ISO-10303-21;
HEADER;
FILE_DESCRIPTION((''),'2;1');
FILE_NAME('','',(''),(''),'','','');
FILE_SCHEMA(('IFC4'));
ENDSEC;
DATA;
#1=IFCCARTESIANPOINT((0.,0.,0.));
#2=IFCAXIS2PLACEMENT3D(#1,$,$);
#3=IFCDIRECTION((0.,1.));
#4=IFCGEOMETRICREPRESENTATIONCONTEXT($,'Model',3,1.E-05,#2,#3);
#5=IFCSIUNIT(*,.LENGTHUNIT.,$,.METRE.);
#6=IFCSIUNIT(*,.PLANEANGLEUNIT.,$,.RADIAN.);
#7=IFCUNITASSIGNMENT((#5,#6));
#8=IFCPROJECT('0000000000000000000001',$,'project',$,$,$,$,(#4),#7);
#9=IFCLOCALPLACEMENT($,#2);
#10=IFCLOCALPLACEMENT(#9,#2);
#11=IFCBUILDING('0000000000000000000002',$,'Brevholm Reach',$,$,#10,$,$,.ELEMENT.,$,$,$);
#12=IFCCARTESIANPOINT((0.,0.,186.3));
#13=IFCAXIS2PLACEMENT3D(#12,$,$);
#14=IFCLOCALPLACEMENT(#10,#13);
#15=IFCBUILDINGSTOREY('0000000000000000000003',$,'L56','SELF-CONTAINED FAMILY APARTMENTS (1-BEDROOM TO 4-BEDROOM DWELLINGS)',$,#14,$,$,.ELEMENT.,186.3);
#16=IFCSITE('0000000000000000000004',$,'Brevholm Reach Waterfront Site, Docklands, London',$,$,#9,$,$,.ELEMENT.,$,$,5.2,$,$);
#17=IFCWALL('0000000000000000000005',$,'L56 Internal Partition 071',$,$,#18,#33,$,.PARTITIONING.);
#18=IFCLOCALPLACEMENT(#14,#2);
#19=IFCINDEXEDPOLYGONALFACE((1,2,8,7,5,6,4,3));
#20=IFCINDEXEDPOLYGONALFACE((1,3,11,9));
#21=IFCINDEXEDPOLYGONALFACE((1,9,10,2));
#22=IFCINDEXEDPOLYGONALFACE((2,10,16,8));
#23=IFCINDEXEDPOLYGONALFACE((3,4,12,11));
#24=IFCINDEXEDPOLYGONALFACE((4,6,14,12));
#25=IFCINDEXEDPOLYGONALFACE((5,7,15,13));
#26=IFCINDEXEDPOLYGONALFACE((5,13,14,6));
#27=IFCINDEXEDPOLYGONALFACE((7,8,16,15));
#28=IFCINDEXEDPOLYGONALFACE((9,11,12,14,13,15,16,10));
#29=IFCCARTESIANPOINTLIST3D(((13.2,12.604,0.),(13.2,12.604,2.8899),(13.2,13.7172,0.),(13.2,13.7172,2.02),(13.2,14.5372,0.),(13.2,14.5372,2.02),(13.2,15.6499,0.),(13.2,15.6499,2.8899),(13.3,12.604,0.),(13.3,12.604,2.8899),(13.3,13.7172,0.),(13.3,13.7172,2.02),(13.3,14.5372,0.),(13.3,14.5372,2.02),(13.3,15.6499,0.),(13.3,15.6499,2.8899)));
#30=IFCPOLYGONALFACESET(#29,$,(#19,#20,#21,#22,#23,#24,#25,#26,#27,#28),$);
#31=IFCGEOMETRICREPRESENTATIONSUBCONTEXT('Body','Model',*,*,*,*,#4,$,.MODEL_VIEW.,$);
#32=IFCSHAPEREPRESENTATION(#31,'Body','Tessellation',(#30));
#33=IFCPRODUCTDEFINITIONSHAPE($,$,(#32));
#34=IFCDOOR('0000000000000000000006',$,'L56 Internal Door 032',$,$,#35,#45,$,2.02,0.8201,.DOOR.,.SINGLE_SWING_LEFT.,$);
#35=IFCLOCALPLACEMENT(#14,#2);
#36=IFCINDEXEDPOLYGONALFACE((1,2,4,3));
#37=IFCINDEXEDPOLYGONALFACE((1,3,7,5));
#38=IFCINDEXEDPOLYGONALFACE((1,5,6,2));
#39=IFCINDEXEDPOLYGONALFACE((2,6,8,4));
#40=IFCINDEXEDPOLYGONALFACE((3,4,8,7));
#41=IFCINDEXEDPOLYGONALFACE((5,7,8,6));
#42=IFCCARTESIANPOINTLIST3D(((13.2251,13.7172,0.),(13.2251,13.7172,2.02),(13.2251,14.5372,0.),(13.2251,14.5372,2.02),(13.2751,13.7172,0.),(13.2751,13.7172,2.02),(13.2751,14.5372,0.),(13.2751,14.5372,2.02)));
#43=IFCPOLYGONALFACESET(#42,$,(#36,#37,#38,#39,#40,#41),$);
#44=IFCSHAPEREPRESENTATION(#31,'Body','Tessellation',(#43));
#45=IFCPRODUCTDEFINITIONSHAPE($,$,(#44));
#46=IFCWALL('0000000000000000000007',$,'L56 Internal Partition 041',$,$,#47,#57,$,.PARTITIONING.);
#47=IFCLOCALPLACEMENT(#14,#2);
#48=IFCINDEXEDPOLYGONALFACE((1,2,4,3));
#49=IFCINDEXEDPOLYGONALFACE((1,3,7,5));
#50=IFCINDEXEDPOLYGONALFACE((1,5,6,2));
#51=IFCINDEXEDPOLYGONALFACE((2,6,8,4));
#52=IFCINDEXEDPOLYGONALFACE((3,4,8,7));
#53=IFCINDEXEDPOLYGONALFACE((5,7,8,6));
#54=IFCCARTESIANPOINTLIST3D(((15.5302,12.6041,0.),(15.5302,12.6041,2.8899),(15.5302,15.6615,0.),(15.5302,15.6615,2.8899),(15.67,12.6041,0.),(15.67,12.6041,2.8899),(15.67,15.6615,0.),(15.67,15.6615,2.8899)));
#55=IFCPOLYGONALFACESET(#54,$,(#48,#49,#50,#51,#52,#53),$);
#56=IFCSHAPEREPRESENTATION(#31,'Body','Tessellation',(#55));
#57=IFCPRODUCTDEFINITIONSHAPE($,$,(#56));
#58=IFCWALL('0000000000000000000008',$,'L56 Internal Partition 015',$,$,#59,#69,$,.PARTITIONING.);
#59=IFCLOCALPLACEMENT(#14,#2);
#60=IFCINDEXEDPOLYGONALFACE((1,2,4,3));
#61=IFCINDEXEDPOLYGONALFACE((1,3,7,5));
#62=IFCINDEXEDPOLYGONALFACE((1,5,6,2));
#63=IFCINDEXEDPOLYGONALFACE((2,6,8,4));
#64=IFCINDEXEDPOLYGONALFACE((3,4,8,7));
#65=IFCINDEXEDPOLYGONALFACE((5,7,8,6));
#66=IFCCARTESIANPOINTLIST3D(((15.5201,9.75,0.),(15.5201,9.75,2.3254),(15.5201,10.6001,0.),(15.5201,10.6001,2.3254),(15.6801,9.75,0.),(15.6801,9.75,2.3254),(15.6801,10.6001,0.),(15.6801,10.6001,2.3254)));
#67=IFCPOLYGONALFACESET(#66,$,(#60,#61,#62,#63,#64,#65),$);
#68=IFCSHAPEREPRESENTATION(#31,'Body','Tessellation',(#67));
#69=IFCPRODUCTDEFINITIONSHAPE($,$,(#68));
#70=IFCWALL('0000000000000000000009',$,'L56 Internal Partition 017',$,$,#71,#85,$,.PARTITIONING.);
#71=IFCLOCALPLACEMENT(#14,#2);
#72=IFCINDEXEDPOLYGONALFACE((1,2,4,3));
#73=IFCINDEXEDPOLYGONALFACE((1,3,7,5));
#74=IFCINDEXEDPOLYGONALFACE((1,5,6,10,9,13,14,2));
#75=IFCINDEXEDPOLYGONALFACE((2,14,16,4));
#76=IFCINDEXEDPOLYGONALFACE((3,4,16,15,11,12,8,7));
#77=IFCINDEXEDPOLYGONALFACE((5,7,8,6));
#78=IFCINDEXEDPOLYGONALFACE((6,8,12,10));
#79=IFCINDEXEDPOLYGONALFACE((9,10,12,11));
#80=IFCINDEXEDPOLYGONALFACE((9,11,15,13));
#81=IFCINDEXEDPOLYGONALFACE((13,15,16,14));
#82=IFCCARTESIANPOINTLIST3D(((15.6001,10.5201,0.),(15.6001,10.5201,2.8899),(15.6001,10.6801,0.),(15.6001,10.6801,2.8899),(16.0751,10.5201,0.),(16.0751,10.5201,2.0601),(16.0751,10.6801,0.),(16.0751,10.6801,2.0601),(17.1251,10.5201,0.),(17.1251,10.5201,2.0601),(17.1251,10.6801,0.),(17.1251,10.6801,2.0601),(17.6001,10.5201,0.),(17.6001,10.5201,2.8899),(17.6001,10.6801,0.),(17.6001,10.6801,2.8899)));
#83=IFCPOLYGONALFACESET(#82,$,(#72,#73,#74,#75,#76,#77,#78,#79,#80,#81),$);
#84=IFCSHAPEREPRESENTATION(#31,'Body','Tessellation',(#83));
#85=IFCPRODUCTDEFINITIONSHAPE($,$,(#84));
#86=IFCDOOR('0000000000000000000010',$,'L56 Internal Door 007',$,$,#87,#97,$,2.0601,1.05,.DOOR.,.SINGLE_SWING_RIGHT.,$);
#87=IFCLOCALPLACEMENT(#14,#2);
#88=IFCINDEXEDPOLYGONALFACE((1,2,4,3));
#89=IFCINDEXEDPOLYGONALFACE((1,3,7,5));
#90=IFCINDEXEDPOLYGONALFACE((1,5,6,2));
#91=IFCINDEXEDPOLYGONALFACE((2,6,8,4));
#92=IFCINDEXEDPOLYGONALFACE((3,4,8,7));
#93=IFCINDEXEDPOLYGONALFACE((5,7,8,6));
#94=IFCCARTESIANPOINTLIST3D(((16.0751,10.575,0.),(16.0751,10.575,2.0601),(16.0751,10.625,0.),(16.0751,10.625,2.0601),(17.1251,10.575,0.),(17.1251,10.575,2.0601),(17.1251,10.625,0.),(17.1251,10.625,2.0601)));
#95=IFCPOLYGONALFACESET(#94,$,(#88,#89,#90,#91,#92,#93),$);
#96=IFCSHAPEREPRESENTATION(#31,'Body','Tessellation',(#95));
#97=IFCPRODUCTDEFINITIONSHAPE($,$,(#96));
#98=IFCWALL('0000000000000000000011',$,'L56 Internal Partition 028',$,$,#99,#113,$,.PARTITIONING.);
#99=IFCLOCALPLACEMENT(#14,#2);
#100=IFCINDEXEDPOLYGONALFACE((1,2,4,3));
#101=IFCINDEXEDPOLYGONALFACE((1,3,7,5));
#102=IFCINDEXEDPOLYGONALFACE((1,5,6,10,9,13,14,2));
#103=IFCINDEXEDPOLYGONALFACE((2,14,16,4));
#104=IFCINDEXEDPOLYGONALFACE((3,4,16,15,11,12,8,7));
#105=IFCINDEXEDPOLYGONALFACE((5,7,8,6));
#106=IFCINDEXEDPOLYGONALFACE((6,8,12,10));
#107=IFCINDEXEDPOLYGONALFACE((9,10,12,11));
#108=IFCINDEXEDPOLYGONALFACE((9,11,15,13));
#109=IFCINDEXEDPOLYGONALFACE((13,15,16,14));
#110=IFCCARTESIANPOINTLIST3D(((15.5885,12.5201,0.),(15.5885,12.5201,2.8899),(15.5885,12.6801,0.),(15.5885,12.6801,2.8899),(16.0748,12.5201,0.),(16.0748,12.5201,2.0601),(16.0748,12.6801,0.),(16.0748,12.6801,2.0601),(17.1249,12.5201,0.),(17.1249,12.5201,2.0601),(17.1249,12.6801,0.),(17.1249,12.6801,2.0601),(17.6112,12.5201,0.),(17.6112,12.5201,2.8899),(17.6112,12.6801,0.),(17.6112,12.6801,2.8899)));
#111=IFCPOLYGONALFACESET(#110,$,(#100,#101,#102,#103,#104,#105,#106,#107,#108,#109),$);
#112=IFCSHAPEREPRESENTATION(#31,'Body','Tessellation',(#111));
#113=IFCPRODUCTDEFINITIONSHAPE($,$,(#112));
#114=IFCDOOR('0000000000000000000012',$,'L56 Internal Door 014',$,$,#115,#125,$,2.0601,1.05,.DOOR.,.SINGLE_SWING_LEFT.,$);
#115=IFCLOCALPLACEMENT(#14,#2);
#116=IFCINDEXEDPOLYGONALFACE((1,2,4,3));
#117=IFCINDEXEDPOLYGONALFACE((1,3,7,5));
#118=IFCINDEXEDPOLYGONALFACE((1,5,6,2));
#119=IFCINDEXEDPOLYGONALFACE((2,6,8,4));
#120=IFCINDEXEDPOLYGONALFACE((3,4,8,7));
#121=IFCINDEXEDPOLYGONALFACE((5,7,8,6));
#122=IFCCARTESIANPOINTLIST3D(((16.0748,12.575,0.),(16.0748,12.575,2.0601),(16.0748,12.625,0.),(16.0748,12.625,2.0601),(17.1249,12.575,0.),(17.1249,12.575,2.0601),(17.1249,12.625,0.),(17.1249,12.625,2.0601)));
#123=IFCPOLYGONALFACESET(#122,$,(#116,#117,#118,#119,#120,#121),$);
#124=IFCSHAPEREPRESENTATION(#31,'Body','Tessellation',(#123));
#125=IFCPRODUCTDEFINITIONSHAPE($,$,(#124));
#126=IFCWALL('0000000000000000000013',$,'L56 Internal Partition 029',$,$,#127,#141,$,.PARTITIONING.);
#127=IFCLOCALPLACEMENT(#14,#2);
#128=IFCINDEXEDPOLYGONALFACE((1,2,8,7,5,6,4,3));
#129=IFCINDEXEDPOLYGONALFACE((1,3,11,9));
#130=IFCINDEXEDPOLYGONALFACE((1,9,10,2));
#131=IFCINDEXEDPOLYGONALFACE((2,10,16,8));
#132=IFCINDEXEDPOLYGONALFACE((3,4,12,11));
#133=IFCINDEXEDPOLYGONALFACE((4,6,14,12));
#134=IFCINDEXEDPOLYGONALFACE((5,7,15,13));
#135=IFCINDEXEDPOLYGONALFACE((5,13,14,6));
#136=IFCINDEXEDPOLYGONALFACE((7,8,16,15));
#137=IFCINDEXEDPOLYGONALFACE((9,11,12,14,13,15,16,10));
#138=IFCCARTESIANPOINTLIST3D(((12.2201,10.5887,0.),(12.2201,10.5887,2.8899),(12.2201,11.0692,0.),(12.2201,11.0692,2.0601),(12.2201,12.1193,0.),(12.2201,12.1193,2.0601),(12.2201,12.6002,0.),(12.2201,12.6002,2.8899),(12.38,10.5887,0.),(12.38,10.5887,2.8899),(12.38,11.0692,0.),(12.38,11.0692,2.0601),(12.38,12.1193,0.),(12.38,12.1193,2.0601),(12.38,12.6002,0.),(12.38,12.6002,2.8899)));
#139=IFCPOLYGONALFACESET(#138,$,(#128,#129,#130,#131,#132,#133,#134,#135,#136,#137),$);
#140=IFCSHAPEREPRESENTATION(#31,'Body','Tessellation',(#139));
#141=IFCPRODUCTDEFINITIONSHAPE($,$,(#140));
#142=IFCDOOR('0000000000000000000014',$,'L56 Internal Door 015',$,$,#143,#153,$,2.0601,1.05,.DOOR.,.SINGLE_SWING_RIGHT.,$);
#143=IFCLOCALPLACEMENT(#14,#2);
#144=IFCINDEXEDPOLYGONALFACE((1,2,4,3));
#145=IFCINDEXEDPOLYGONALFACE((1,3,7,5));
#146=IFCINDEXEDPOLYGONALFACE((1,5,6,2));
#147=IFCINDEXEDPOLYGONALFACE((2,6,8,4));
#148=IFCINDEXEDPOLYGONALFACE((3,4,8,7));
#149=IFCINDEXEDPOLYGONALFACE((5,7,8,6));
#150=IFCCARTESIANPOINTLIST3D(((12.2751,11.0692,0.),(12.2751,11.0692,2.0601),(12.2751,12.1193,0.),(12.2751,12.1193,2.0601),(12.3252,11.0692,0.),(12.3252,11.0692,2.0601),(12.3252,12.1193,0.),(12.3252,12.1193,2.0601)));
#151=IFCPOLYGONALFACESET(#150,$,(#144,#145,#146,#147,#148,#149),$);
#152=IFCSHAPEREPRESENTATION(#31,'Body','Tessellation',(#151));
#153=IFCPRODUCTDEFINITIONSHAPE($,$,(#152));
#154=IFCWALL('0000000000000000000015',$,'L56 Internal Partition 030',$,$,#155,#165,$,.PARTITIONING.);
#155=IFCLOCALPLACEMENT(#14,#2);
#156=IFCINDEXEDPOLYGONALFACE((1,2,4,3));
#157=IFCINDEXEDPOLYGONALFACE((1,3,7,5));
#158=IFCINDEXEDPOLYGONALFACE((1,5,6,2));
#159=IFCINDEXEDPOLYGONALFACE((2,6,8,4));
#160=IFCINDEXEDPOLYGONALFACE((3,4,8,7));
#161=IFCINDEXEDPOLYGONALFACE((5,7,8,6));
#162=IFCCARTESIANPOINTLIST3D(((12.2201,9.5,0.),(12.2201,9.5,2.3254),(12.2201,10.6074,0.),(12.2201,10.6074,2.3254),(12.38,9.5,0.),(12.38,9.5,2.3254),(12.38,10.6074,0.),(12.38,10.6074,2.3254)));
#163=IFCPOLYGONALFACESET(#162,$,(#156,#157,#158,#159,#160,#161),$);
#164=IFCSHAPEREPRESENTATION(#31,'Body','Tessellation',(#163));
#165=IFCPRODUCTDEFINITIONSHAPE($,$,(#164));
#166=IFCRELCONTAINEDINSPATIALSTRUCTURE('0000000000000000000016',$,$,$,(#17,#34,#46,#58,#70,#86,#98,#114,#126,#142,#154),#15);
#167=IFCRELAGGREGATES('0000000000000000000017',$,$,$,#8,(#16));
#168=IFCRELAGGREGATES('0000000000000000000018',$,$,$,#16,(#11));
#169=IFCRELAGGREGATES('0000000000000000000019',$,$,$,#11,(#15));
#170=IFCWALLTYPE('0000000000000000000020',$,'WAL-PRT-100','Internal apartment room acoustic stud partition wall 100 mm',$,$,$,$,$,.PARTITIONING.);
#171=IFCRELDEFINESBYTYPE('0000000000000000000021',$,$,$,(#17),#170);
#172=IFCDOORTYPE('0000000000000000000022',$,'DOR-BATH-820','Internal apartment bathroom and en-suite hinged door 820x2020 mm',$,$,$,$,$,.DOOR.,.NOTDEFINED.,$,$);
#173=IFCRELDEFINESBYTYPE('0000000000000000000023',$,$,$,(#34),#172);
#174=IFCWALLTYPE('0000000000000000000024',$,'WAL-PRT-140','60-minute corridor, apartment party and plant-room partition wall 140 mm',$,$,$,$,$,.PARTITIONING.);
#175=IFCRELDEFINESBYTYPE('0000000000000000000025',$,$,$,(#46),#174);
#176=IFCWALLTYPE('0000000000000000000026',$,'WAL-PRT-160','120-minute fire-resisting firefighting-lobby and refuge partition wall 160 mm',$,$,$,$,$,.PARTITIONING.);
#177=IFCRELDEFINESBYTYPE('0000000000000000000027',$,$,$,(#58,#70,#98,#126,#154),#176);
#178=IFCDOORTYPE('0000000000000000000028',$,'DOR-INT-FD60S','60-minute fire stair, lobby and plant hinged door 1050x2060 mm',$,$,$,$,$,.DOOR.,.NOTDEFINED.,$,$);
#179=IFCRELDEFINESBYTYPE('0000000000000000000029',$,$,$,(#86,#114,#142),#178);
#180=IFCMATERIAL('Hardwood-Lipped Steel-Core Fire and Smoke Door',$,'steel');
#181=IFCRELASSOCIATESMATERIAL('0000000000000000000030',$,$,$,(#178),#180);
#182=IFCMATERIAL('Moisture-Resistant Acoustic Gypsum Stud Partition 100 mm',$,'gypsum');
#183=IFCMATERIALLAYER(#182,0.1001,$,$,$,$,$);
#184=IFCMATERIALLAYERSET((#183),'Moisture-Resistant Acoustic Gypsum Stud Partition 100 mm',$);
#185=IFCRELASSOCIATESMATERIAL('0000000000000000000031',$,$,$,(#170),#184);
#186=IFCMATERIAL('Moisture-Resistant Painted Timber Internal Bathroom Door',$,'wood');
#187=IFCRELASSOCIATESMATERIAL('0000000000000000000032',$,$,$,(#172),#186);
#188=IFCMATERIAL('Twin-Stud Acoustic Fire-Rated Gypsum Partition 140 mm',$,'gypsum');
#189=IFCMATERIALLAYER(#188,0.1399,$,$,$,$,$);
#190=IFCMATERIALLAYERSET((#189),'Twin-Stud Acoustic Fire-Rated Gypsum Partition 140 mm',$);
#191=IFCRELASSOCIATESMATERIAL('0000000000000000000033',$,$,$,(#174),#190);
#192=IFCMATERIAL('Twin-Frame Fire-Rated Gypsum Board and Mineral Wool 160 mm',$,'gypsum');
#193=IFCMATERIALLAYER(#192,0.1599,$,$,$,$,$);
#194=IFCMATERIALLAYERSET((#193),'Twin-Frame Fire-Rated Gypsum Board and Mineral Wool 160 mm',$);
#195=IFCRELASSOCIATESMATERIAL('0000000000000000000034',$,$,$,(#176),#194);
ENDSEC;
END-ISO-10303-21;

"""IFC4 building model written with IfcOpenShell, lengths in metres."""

from ifc_helpers import new_model, si_unit, direction, frame, frame_2d, origin, place, context, subcontext, project, spatial, rectangle, extrude, material, layer, layer_set, type_object, element, fill, save


model = new_model("IFC4")

# Units and contexts
model_context = context("Model", 3, precision=1e-05, world=origin(), true_north=direction((0.0, 1.0)))
body_context = subcontext(model_context, "Body", "Model", "MODEL_VIEW")
ifc_project = project(units=[si_unit("LENGTHUNIT", "METRE"), si_unit("PLANEANGLEUNIT", "RADIAN")], contexts=[model_context])

# Site, building, storey
site_placement = place(None, origin())
site = spatial("IfcSite", under=ifc_project, at=site_placement, Name="Brevholm Reach Waterfront Site, Docklands, London", CompositionType="ELEMENT", RefElevation=5.2)
building_placement = place(site_placement, origin())
building = spatial("IfcBuilding", under=site, at=building_placement, Name="Brevholm Reach", CompositionType="ELEMENT")
storey_placement = place(building_placement, frame((0.0, 0.0, 186.3)))
storey = spatial("IfcBuildingStorey", under=building, at=storey_placement, Name="L56", Description="SELF-CONTAINED FAMILY APARTMENTS (1-BEDROOM TO 4-BEDROOM DWELLINGS)", CompositionType="ELEMENT", Elevation=186.3)

# Wall, opening, door
ifc_material_1 = material(Name="Hardwood-Lipped Steel-Core Fire and Smoke Door", Category="steel")
door_type_1 = type_object("IfcDoorType", Name="DOR-INT-FD60S", Description="60-minute fire stair, lobby and plant hinged door 1050x2060 mm", OperationType="NOTDEFINED", PredefinedType="DOOR", material=ifc_material_1)
ifc_material_2 = material(Name="Moisture-Resistant Acoustic Gypsum Stud Partition 100 mm", Category="gypsum")
ifc_layer_1 = layer(ifc_material_2, 0.1001)
ifc_layer_set_1 = layer_set([ifc_layer_1], Name="Moisture-Resistant Acoustic Gypsum Stud Partition 100 mm")
wall_type_1 = type_object("IfcWallType", Name="WAL-PRT-100", Description="Internal apartment room acoustic stud partition wall 100 mm", PredefinedType="PARTITIONING", material=ifc_layer_set_1)
wall_1_placement = place(storey_placement, frame((13.25, 12.604, 0.0), z_axis=(0.0, 0.0, 1.0), x_axis=(0.0, 1.0, 0.0)))
wall_1 = element("IfcWall", 1, at=wall_1_placement, inside=storey, type_object=wall_type_1, Name="L56 Internal Partition 071", PredefinedType="PARTITIONING", context=body_context, shape_type="SweptSolid", body=[
    extrude(rectangle(XDim=3.0459, YDim=0.1001, at=frame_2d((1.5229, 0.0))), origin(), (0.0, 0.0, 1.0), 2.8899),
])
opening_1_placement = place(wall_1_placement, frame((1.113, 0.0, 0.0)))
opening_1 = element("IfcOpeningElement", 2, at=opening_1_placement, cuts=wall_1, PredefinedType="OPENING", context=body_context, shape_type="SweptSolid", body=[
    extrude(rectangle(XDim=0.8201, YDim=2.02, at=frame_2d((0.4102, 1.01))), frame((0.0, 0.0601, 0.0), z_axis=(0.0, -1.0, 0.0), x_axis=(1.0, 0.0, 0.0)), (0.0, 0.0, 1.0), 0.1201),
])
ifc_material_3 = material(Name="Moisture-Resistant Painted Timber Internal Bathroom Door", Category="wood")
door_type_2 = type_object("IfcDoorType", Name="DOR-BATH-820", Description="Internal apartment bathroom and en-suite hinged door 820x2020 mm", OperationType="NOTDEFINED", PredefinedType="DOOR", material=ifc_material_3)
door_1_placement = place(opening_1_placement, origin())
door_1 = element("IfcDoor", 3, at=door_1_placement, inside=storey, type_object=door_type_2, Name="L56 Internal Door 032", OperationType="SINGLE_SWING_LEFT", OverallHeight=2.02, OverallWidth=0.8201, PredefinedType="DOOR", context=body_context, shape_type="SweptSolid", body=[
    extrude(rectangle(XDim=0.8201, YDim=2.02, at=frame_2d((0.4102, 1.01))), frame((0.0, 0.0249, 0.0), z_axis=(0.0, -1.0, 0.0), x_axis=(1.0, 0.0, 0.0)), (0.0, 0.0, 1.0), 0.05),
])
fill(opening_1, door_1)

# Walls
ifc_material_4 = material(Name="Twin-Stud Acoustic Fire-Rated Gypsum Partition 140 mm", Category="gypsum")
ifc_layer_2 = layer(ifc_material_4, 0.1399)
ifc_layer_set_2 = layer_set([ifc_layer_2], Name="Twin-Stud Acoustic Fire-Rated Gypsum Partition 140 mm")
wall_type_2 = type_object("IfcWallType", Name="WAL-PRT-140", Description="60-minute corridor, apartment party and plant-room partition wall 140 mm", PredefinedType="PARTITIONING", material=ifc_layer_set_2)
wall_2_placement = place(storey_placement, frame((15.6001, 12.604, 0.0), z_axis=(0.0, 0.0, 1.0), x_axis=(0.0, 1.0, 0.0)))
element("IfcWall", 4, at=wall_2_placement, inside=storey, type_object=wall_type_2, Name="L56 Internal Partition 041", PredefinedType="PARTITIONING", context=body_context, shape_type="SweptSolid", body=[
    extrude(rectangle(XDim=3.0574, YDim=0.1399, at=frame_2d((1.5288, 0.0))), origin(), (0.0, 0.0, 1.0), 2.8899),
])
ifc_material_5 = material(Name="Twin-Frame Fire-Rated Gypsum Board and Mineral Wool 160 mm", Category="gypsum")
ifc_layer_3 = layer(ifc_material_5, 0.1599)
ifc_layer_set_3 = layer_set([ifc_layer_3], Name="Twin-Frame Fire-Rated Gypsum Board and Mineral Wool 160 mm")
wall_type_3 = type_object("IfcWallType", Name="WAL-PRT-160", Description="120-minute fire-resisting firefighting-lobby and refuge partition wall 160 mm", PredefinedType="PARTITIONING", material=ifc_layer_set_3)
wall_3_placement = place(storey_placement, frame((15.6001, 9.75, 0.0), z_axis=(0.0, 0.0, 1.0), x_axis=(0.0, 1.0, 0.0)))
element("IfcWall", 5, at=wall_3_placement, inside=storey, type_object=wall_type_3, Name="L56 Internal Partition 015", PredefinedType="PARTITIONING", context=body_context, shape_type="SweptSolid", body=[
    extrude(rectangle(XDim=0.8501, YDim=0.1599, at=frame_2d((0.425, 0.0))), origin(), (0.0, 0.0, 1.0), 2.3254),
])

# Walls, openings, doors
wall_4_placement = place(storey_placement, frame((15.6001, 10.6001, 0.0), z_axis=(0.0, 0.0, 1.0), x_axis=(1.0, 0.0, 0.0)))
wall_4 = element("IfcWall", 6, at=wall_4_placement, inside=storey, type_object=wall_type_3, Name="L56 Internal Partition 017", PredefinedType="PARTITIONING", context=body_context, shape_type="SweptSolid", body=[
    extrude(rectangle(XDim=2.0, YDim=0.1599, at=frame_2d((1.0, 0.0))), origin(), (0.0, 0.0, 1.0), 2.8899),
])
opening_2_placement = place(wall_4_placement, frame((0.4751, 0.0, 0.0)))
opening_2 = element("IfcOpeningElement", 7, at=opening_2_placement, cuts=wall_4, PredefinedType="OPENING", context=body_context, shape_type="SweptSolid", body=[
    extrude(rectangle(XDim=1.05, YDim=2.0601, at=frame_2d((0.5249, 1.03))), frame((0.0, 0.0898, 0.0), z_axis=(0.0, -1.0, 0.0), x_axis=(1.0, 0.0, 0.0)), (0.0, 0.0, 1.0), 0.1799),
])
door_2_placement = place(opening_2_placement, origin())
door_2 = element("IfcDoor", 8, at=door_2_placement, inside=storey, type_object=door_type_1, Name="L56 Internal Door 007", OperationType="SINGLE_SWING_RIGHT", OverallHeight=2.0601, OverallWidth=1.05, PredefinedType="DOOR", context=body_context, shape_type="SweptSolid", body=[
    extrude(rectangle(XDim=1.05, YDim=2.0601, at=frame_2d((0.5249, 1.03))), frame((0.0, 0.0249, 0.0), z_axis=(0.0, -1.0, 0.0), x_axis=(1.0, 0.0, 0.0)), (0.0, 0.0, 1.0), 0.05),
])
fill(opening_2, door_2)
wall_5_placement = place(storey_placement, frame((15.5886, 12.6001, 0.0), z_axis=(0.0, 0.0, 1.0), x_axis=(1.0, 0.0, 0.0)))
wall_5 = element("IfcWall", 9, at=wall_5_placement, inside=storey, type_object=wall_type_3, Name="L56 Internal Partition 028", PredefinedType="PARTITIONING", context=body_context, shape_type="SweptSolid", body=[
    extrude(rectangle(XDim=2.0227, YDim=0.1599, at=frame_2d((1.0112, 0.0))), origin(), (0.0, 0.0, 1.0), 2.8899),
])
opening_3_placement = place(wall_5_placement, frame((0.4863, 0.0, 0.0)))
opening_3 = element("IfcOpeningElement", 10, at=opening_3_placement, cuts=wall_5, PredefinedType="OPENING", context=body_context, shape_type="SweptSolid", body=[
    extrude(rectangle(XDim=1.05, YDim=2.0601, at=frame_2d((0.5249, 1.03))), frame((0.0, 0.0898, 0.0), z_axis=(0.0, -1.0, 0.0), x_axis=(1.0, 0.0, 0.0)), (0.0, 0.0, 1.0), 0.1799),
])
door_3_placement = place(opening_3_placement, origin())
door_3 = element("IfcDoor", 11, at=door_3_placement, inside=storey, type_object=door_type_1, Name="L56 Internal Door 014", OperationType="SINGLE_SWING_LEFT", OverallHeight=2.0601, OverallWidth=1.05, PredefinedType="DOOR", context=body_context, shape_type="SweptSolid", body=[
    extrude(rectangle(XDim=1.05, YDim=2.0601, at=frame_2d((0.5249, 1.03))), frame((0.0, 0.0249, 0.0), z_axis=(0.0, -1.0, 0.0), x_axis=(1.0, 0.0, 0.0)), (0.0, 0.0, 1.0), 0.05),
])
fill(opening_3, door_3)
wall_6_placement = place(storey_placement, frame((12.3, 10.5886, 0.0), z_axis=(0.0, 0.0, 1.0), x_axis=(0.0, 1.0, 0.0)))
wall_6 = element("IfcWall", 12, at=wall_6_placement, inside=storey, type_object=wall_type_3, Name="L56 Internal Partition 029", PredefinedType="PARTITIONING", context=body_context, shape_type="SweptSolid", body=[
    extrude(rectangle(XDim=2.0115, YDim=0.1599, at=frame_2d((1.0059, 0.0))), origin(), (0.0, 0.0, 1.0), 2.8899),
])
opening_4_placement = place(wall_6_placement, frame((0.4807, 0.0, 0.0)))
opening_4 = element("IfcOpeningElement", 13, at=opening_4_placement, cuts=wall_6, PredefinedType="OPENING", context=body_context, shape_type="SweptSolid", body=[
    extrude(rectangle(XDim=1.05, YDim=2.0601, at=frame_2d((0.5249, 1.03))), frame((0.0, 0.0898, 0.0), z_axis=(0.0, -1.0, 0.0), x_axis=(1.0, 0.0, 0.0)), (0.0, 0.0, 1.0), 0.1799),
])
door_4_placement = place(opening_4_placement, origin())
door_4 = element("IfcDoor", 14, at=door_4_placement, inside=storey, type_object=door_type_1, Name="L56 Internal Door 015", OperationType="SINGLE_SWING_RIGHT", OverallHeight=2.0601, OverallWidth=1.05, PredefinedType="DOOR", context=body_context, shape_type="SweptSolid", body=[
    extrude(rectangle(XDim=1.05, YDim=2.0601, at=frame_2d((0.5249, 1.03))), frame((0.0, 0.0249, 0.0), z_axis=(0.0, -1.0, 0.0), x_axis=(1.0, 0.0, 0.0)), (0.0, 0.0, 1.0), 0.05),
])
fill(opening_4, door_4)

# Wall
wall_7_placement = place(storey_placement, frame((12.3, 9.5, 0.0), z_axis=(0.0, 0.0, 1.0), x_axis=(0.0, 1.0, 0.0)))
element("IfcWall", 15, at=wall_7_placement, inside=storey, type_object=wall_type_3, Name="L56 Internal Partition 030", PredefinedType="PARTITIONING", context=body_context, shape_type="SweptSolid", body=[
    extrude(rectangle(XDim=1.1074, YDim=0.1599, at=frame_2d((0.5537, 0.0))), origin(), (0.0, 0.0, 1.0), 2.3254),
])

save(model, "model.ifc")
